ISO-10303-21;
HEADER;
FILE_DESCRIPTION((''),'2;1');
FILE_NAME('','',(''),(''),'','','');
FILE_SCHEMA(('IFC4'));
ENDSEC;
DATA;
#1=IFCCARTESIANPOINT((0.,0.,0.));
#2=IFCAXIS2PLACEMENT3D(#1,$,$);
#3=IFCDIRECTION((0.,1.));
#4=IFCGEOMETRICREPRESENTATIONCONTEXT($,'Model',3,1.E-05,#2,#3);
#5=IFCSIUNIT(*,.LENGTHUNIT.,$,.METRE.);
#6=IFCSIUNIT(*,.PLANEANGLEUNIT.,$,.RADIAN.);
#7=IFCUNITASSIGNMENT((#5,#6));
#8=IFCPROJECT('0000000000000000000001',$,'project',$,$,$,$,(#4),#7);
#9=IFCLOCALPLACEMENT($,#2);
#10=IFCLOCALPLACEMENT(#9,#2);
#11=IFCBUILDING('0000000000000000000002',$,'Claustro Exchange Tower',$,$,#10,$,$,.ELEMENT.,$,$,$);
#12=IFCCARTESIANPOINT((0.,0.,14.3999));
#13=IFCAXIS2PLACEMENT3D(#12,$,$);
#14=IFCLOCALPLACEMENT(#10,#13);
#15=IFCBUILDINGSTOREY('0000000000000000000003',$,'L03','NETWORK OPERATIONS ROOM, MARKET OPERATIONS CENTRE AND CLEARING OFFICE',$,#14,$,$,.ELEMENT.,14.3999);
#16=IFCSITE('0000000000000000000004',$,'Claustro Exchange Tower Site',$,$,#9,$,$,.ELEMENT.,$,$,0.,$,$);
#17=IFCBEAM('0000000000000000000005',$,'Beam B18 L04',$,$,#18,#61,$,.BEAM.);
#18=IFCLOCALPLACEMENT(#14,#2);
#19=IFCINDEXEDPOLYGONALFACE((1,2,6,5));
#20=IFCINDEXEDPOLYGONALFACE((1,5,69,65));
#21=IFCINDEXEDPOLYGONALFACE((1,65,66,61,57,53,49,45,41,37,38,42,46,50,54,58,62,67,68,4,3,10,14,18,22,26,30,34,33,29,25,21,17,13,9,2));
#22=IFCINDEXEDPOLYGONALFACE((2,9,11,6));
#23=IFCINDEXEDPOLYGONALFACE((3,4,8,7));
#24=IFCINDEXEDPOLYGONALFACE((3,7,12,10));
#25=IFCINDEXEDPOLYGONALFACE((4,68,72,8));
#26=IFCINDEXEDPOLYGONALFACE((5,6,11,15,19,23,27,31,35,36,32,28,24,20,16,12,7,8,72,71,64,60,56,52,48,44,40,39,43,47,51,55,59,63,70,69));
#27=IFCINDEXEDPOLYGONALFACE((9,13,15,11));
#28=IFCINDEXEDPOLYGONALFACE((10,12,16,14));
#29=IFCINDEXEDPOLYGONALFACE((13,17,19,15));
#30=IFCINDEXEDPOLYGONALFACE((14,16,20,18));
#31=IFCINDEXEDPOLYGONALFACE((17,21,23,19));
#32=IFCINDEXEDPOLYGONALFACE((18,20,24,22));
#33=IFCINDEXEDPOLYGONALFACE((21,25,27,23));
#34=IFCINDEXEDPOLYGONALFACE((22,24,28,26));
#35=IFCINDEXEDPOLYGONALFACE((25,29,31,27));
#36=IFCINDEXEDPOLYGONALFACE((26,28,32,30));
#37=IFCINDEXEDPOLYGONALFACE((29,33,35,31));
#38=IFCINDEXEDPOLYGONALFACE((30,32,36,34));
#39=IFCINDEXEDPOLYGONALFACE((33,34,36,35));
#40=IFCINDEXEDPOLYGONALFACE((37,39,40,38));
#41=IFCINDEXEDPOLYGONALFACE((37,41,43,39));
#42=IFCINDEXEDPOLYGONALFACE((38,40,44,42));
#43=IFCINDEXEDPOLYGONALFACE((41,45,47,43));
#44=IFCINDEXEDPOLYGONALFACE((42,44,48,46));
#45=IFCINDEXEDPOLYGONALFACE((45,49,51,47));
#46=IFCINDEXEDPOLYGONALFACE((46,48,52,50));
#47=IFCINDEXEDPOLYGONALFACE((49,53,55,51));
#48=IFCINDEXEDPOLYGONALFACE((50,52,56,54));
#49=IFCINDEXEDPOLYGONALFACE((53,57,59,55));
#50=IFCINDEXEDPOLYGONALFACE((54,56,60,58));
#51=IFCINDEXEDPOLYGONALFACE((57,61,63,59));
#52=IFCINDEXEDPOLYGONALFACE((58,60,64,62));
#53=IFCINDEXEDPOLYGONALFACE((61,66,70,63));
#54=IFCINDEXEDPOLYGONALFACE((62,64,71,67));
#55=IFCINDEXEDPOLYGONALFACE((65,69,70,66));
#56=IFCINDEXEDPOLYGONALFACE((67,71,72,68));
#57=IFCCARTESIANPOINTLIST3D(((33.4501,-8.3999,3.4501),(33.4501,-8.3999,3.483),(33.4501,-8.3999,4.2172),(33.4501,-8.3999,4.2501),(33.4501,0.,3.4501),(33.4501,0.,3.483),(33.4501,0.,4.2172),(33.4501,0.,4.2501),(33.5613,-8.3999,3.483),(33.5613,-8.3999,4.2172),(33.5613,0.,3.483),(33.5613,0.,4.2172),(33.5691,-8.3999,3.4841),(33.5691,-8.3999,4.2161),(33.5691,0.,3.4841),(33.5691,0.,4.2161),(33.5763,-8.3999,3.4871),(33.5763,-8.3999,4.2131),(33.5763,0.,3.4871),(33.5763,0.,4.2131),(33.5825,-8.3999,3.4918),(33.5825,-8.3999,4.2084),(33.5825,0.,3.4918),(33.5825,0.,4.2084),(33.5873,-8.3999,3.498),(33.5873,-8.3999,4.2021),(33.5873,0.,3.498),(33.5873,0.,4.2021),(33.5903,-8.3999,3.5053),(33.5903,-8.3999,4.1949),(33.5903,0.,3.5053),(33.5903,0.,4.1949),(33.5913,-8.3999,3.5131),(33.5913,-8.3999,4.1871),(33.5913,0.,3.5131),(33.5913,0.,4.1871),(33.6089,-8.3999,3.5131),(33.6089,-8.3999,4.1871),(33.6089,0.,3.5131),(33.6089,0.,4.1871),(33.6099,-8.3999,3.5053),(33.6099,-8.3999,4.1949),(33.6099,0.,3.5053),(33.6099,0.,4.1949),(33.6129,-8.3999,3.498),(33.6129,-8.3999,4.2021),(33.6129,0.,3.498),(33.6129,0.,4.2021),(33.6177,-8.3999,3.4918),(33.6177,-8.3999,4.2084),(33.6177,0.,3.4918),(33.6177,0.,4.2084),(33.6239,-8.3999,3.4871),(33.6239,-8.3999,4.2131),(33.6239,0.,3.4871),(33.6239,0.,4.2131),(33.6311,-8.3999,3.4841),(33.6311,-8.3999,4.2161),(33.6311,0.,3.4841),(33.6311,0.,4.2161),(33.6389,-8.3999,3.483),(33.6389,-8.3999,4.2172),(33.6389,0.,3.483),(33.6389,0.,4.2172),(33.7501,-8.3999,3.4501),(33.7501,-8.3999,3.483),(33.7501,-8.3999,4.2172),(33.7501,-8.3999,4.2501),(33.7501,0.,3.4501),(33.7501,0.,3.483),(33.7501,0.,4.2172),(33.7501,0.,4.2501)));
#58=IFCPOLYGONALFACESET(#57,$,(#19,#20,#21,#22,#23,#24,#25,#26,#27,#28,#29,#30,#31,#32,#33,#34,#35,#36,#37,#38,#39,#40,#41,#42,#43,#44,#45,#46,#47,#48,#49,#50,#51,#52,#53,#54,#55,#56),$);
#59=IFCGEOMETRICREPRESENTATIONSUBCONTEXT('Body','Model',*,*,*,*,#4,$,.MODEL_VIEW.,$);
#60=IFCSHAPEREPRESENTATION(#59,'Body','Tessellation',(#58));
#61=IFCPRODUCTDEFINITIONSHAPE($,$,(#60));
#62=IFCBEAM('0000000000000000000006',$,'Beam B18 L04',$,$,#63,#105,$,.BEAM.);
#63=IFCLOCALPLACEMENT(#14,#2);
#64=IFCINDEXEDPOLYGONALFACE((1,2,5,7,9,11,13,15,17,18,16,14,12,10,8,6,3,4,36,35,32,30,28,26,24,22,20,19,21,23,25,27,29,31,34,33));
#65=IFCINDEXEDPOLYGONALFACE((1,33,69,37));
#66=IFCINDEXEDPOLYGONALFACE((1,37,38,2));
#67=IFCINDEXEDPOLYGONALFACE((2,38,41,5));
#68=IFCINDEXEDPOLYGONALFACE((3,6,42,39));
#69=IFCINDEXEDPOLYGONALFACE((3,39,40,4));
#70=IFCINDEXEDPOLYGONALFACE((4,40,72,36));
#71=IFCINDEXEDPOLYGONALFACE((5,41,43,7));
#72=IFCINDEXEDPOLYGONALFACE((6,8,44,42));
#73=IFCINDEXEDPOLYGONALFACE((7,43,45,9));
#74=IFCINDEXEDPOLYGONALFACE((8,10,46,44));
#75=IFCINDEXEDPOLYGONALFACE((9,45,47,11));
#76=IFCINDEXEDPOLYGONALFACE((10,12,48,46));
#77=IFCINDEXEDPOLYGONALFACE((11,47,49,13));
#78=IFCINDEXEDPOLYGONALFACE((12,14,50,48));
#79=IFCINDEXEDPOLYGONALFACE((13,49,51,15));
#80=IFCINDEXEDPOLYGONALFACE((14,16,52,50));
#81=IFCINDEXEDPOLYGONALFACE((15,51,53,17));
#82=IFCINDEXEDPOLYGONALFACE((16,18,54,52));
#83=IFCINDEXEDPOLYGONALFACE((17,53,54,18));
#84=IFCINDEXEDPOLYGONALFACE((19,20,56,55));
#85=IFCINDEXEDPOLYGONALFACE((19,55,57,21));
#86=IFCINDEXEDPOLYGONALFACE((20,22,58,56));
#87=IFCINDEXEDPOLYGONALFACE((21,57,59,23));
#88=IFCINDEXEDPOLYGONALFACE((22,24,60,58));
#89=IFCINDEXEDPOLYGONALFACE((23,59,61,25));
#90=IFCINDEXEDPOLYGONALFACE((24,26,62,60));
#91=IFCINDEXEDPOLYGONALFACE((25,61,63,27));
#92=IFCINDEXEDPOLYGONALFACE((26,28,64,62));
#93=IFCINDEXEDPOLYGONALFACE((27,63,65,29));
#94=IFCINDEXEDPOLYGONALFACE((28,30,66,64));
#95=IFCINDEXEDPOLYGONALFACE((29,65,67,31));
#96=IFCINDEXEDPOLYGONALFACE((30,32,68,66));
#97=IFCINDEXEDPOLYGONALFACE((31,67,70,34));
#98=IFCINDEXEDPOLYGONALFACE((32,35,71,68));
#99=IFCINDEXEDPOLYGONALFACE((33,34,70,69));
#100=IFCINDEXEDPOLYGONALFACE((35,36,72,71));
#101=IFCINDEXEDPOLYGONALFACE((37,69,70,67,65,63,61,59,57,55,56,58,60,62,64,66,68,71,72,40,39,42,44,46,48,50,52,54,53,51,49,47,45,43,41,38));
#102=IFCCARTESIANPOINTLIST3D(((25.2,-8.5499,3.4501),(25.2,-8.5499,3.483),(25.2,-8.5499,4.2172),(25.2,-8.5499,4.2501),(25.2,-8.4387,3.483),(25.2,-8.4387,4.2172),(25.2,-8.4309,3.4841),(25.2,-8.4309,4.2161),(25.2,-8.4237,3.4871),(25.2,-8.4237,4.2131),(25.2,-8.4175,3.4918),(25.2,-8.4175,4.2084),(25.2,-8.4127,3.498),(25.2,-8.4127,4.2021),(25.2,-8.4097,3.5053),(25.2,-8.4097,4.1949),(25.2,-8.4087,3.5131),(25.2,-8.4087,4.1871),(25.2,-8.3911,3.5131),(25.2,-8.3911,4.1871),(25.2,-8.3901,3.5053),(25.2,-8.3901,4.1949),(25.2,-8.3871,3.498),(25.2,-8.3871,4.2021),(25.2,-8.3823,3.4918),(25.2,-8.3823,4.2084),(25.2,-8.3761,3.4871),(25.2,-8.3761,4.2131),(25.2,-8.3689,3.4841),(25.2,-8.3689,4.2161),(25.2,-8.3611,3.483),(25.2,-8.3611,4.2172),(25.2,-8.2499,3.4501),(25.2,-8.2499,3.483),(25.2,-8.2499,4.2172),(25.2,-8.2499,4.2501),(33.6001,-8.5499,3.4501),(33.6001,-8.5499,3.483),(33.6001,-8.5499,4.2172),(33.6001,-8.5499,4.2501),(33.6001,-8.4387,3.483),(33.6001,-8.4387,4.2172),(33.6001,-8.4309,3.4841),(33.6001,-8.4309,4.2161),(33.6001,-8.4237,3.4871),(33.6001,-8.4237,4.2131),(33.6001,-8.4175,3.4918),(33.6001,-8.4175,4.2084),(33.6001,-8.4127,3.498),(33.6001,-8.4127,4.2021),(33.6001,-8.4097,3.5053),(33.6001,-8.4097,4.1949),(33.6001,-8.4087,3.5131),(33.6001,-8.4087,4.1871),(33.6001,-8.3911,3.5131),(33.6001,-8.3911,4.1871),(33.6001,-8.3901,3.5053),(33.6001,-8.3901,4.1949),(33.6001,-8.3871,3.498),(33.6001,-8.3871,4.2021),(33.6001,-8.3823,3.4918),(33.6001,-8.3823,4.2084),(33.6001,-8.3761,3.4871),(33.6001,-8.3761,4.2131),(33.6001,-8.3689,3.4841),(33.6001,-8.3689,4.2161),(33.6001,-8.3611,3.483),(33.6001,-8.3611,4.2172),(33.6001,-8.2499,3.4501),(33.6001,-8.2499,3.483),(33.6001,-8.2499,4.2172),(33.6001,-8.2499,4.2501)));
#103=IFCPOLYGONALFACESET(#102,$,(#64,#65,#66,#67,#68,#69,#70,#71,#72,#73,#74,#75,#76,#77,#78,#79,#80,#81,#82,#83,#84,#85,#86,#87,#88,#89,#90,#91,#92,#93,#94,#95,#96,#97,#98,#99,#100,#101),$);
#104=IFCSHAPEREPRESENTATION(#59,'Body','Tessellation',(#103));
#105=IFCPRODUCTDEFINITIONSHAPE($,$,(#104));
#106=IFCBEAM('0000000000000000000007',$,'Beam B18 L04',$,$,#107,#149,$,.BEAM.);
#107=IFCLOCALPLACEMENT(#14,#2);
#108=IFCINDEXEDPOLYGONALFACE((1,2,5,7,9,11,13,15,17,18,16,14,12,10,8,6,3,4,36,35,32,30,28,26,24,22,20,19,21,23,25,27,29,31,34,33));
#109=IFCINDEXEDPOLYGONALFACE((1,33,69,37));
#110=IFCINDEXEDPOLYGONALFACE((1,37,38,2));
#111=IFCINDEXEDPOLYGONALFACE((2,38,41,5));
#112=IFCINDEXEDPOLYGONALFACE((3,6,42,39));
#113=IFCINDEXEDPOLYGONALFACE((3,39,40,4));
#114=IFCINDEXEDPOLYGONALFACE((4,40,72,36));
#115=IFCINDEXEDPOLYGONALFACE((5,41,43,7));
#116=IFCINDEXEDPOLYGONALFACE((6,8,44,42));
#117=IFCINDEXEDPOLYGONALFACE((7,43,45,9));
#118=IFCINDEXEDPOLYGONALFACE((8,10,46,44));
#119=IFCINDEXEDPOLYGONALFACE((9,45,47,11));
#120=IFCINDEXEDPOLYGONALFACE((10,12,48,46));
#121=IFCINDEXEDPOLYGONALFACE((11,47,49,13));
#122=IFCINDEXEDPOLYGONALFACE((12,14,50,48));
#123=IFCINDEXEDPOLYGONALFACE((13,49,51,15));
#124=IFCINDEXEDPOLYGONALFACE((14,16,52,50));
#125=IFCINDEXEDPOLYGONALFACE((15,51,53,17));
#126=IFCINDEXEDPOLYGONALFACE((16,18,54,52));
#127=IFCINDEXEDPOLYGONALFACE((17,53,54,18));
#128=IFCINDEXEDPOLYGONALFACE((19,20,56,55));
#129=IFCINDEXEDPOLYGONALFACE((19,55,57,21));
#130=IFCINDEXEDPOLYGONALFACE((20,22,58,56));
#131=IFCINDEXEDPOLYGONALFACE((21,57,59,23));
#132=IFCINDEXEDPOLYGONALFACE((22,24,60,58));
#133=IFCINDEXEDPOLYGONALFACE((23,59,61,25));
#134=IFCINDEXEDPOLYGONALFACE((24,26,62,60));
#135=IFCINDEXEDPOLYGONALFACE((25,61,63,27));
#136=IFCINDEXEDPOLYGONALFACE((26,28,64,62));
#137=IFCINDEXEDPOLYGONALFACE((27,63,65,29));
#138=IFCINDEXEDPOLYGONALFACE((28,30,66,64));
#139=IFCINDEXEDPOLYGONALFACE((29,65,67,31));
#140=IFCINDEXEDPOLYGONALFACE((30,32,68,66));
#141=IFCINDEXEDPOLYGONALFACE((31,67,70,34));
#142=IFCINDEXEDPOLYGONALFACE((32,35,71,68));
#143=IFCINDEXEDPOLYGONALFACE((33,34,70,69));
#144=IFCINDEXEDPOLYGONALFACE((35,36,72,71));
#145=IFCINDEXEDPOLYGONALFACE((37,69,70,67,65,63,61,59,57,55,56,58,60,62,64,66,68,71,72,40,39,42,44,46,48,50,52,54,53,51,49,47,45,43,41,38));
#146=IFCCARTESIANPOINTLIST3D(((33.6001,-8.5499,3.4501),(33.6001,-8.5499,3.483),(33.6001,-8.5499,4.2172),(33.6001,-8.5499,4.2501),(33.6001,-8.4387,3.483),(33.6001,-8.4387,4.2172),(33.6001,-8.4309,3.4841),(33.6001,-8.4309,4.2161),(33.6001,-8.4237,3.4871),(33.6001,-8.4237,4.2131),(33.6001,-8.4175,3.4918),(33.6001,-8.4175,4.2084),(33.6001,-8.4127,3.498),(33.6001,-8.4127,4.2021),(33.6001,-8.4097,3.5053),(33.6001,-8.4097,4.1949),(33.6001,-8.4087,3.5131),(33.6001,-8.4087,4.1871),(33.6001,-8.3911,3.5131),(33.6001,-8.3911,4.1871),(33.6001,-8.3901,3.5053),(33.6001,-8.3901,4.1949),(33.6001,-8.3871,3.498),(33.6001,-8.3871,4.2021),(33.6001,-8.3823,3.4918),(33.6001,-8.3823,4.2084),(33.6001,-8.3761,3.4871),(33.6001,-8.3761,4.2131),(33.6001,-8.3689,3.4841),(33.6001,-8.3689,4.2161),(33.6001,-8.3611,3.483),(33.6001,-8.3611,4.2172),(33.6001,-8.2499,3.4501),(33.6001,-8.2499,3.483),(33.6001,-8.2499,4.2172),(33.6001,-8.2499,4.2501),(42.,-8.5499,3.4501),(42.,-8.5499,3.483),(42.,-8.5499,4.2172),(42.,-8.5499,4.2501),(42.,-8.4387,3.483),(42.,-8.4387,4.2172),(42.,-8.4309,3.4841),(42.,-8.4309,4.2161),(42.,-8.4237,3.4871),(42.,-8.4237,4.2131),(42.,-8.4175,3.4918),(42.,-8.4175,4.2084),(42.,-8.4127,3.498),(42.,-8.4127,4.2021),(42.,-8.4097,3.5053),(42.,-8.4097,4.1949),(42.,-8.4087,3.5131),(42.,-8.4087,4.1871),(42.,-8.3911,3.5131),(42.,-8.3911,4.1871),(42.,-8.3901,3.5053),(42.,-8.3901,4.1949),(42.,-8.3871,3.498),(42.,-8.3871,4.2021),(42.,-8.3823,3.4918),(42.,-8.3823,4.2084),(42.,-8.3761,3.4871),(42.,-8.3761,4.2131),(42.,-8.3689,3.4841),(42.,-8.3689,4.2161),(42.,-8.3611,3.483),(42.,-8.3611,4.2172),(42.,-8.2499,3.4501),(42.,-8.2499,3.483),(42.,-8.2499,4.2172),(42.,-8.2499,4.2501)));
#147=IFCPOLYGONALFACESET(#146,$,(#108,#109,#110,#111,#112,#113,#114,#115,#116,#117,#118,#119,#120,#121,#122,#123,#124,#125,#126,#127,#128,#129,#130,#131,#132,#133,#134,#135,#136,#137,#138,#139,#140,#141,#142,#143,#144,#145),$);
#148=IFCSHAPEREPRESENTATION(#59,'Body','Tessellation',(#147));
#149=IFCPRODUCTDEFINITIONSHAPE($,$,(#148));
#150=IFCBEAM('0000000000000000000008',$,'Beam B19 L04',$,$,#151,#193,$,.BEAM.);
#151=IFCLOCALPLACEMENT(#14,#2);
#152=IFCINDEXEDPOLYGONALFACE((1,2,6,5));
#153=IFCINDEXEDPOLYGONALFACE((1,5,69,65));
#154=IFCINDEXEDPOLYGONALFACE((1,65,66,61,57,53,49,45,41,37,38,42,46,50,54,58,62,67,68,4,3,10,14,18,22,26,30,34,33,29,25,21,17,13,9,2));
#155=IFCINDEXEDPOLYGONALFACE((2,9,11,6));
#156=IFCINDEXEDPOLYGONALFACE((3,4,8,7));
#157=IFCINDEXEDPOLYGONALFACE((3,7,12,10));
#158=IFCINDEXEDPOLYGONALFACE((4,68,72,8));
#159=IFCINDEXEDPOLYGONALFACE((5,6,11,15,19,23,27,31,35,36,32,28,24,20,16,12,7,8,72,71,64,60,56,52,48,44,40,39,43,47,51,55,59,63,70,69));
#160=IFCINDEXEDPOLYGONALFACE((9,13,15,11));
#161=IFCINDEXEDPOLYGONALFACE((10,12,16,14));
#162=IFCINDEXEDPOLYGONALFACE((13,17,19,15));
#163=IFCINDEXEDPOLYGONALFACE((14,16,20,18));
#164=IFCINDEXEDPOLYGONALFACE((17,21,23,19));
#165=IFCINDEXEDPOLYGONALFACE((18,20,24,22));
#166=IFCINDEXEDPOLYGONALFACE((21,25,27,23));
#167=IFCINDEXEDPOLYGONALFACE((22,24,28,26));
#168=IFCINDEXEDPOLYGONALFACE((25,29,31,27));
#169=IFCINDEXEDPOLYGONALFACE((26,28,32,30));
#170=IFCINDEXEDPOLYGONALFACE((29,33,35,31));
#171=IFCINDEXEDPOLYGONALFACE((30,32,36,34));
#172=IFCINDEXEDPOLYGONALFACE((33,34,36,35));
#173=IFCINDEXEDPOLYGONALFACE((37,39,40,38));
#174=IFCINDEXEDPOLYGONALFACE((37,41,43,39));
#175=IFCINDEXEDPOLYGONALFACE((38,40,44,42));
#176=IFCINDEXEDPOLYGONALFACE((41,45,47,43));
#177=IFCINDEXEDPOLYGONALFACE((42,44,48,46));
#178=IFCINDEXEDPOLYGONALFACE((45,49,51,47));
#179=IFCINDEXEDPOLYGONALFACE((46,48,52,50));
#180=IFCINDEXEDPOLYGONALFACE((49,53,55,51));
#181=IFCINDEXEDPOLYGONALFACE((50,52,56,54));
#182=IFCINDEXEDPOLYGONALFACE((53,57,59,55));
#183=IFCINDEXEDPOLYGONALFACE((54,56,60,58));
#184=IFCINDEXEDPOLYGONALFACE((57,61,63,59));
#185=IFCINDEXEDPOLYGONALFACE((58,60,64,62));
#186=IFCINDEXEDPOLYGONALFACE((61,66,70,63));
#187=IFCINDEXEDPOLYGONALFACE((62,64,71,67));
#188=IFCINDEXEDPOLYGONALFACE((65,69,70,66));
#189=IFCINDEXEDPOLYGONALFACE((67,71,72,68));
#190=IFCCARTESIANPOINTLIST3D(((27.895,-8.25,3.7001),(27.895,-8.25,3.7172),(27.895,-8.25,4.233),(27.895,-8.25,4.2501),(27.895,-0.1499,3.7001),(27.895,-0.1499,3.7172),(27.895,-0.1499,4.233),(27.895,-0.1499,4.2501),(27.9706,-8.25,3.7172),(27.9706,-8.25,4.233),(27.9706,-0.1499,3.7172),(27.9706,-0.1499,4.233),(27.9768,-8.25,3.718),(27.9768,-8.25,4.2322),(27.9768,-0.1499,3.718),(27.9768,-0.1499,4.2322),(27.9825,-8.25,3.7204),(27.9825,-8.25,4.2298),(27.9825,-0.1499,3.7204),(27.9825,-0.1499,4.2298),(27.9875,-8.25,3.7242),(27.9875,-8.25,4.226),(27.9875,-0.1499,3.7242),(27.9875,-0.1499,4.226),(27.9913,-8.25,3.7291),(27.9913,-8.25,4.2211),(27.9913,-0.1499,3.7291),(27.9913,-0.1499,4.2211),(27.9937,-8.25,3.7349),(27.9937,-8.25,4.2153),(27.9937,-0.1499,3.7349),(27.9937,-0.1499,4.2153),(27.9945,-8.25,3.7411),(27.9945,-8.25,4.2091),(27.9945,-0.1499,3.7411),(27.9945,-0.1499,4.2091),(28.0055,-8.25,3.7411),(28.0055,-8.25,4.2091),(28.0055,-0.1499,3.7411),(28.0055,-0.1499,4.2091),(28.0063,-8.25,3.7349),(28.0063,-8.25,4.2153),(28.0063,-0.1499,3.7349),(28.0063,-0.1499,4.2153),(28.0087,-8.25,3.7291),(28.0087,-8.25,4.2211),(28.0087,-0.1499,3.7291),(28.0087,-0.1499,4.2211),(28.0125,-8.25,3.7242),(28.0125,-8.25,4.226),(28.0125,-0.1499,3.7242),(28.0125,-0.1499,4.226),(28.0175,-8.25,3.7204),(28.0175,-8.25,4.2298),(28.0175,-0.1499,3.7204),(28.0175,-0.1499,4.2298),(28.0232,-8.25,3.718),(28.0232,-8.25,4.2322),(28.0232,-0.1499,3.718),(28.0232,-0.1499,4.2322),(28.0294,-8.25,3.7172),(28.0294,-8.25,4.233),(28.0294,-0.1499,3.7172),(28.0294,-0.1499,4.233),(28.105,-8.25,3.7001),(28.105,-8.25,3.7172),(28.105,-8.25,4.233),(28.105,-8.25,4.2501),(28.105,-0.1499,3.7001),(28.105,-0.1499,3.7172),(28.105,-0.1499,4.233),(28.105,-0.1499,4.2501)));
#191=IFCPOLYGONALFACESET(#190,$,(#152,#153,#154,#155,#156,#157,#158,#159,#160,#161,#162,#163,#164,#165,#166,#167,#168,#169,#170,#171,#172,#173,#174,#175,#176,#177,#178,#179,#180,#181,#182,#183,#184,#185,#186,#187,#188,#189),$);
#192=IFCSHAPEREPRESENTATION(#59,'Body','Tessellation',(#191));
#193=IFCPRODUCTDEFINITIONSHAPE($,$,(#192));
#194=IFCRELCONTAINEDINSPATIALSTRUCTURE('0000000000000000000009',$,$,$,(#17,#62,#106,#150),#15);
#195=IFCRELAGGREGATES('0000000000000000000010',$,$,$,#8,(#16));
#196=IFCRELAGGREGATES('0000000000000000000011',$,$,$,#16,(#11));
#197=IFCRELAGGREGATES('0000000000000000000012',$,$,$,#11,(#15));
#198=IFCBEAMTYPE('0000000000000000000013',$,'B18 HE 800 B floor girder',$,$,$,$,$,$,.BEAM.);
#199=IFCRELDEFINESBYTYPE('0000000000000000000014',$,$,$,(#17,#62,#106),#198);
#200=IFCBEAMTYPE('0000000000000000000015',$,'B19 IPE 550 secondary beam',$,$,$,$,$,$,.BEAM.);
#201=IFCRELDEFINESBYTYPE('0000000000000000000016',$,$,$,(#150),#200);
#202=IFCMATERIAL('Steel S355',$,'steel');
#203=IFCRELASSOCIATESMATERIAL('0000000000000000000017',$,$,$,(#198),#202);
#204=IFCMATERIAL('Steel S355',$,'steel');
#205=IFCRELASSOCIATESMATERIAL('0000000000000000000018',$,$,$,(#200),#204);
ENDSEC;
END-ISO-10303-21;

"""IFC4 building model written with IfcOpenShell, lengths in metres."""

from ifc_helpers import new_model, si_unit, direction, frame, origin, origin_2d, place, context, subcontext, project, spatial, i_section, extrude, material, material_profile, profile_set, type_object, element, save


model = new_model("IFC4")

# Units and contexts
model_context = context("Model", 3, precision=1e-05, world=origin(), true_north=direction((0.0, 1.0)))
body_context = subcontext(model_context, "Body", "Model", "MODEL_VIEW")
ifc_project = project(units=[si_unit("LENGTHUNIT", "METRE"), si_unit("PLANEANGLEUNIT", "RADIAN")], contexts=[model_context])

# Site, building, storey
site_placement = place(None, origin())
site = spatial("IfcSite", under=ifc_project, at=site_placement, Name="Claustro Exchange Tower Site", CompositionType="ELEMENT", RefElevation=0.0)
building_placement = place(site_placement, origin())
building = spatial("IfcBuilding", under=site, at=building_placement, Name="Claustro Exchange Tower", CompositionType="ELEMENT")
storey_placement = place(building_placement, frame((0.0, 0.0, 14.3999)))
storey = spatial("IfcBuildingStorey", under=building, at=storey_placement, Name="L03", Description="NETWORK OPERATIONS ROOM, MARKET OPERATIONS CENTRE AND CLEARING OFFICE", CompositionType="ELEMENT", Elevation=14.3999)

# Beams
ifc_material_1 = material(Name="Steel S355", Category="steel")
ifc_material_profile_1 = material_profile(ifc_material_1, i_section(OverallWidth=0.3, OverallDepth=0.8, WebThickness=0.0176, FlangeThickness=0.033, FilletRadius=0.03, at=origin_2d()), Name="HE 800 B")
ifc_profile_set_1 = profile_set([ifc_material_profile_1], Name="Steel S355")
beam_type_1 = type_object("IfcBeamType", Name="B18 HE 800 B floor girder", PredefinedType="BEAM", material=ifc_profile_set_1)
for number, where, z_axis, x_axis, name in (
    (1, (33.6001, -8.3999, 3.8501), (0.0, 1.0, 0.0), (-1.0, 0.0, 0.0), "Beam B18 L04"),
):
    element("IfcBeam", number, at=place(storey_placement, frame(where, z_axis=z_axis, x_axis=x_axis)), inside=storey, type_object=beam_type_1, Name=name, PredefinedType="BEAM", context=body_context, shape_type="SweptSolid", body=[
        extrude(i_section(OverallWidth=0.3, OverallDepth=0.8, WebThickness=0.0176, FlangeThickness=0.033, FilletRadius=0.03, at=origin_2d()), origin(), (0.0, 0.0, 1.0), 8.3999),
    ])
beam_1_placement = place(storey_placement, frame((25.2, -8.3999, 3.8501), z_axis=(1.0, 0.0, 0.0), x_axis=(0.0, 1.0, 0.0)))
element("IfcBeam", 2, at=beam_1_placement, inside=storey, type_object=beam_type_1, Name="Beam B18 L04", PredefinedType="BEAM", context=body_context, shape_type="SweptSolid", body=[
    extrude(i_section(OverallWidth=0.3, OverallDepth=0.8, WebThickness=0.0176, FlangeThickness=0.033, FilletRadius=0.03, at=origin_2d()), origin(), (0.0, 0.0, 1.0), 8.4001),
])
beam_2_placement = place(storey_placement, frame((33.6001, -8.3999, 3.8501), z_axis=(1.0, 0.0, 0.0), x_axis=(0.0, 1.0, 0.0)))
element("IfcBeam", 3, at=beam_2_placement, inside=storey, type_object=beam_type_1, Name="Beam B18 L04", PredefinedType="BEAM", context=body_context, shape_type="SweptSolid", body=[
    extrude(i_section(OverallWidth=0.3, OverallDepth=0.8, WebThickness=0.0176, FlangeThickness=0.033, FilletRadius=0.03, at=origin_2d()), origin(), (0.0, 0.0, 1.0), 8.3999),
])
ifc_material_2 = material(Name="Steel S355", Category="steel")
ifc_material_profile_2 = material_profile(ifc_material_2, i_section(OverallWidth=0.21, OverallDepth=0.55, WebThickness=0.011, FlangeThickness=0.0171, FilletRadius=0.0239, at=origin_2d()), Name="IPE 550")
ifc_profile_set_2 = profile_set([ifc_material_profile_2], Name="Steel S355")
beam_type_2 = type_object("IfcBeamType", Name="B19 IPE 550 secondary beam", PredefinedType="BEAM", material=ifc_profile_set_2)
for number, where, z_axis, x_axis, name in (
    (4, (28.0, -8.25, 3.9751), (0.0, 1.0, 0.0), (-1.0, 0.0, 0.0), "Beam B19 L04"),
):
    element("IfcBeam", number, at=place(storey_placement, frame(where, z_axis=z_axis, x_axis=x_axis)), inside=storey, type_object=beam_type_2, Name=name, PredefinedType="BEAM", context=body_context, shape_type="SweptSolid", body=[
        extrude(i_section(OverallWidth=0.21, OverallDepth=0.55, WebThickness=0.011, FlangeThickness=0.0171, FilletRadius=0.0239, at=origin_2d()), origin(), (0.0, 0.0, 1.0), 8.1001),
    ])

save(model, "model.ifc")
